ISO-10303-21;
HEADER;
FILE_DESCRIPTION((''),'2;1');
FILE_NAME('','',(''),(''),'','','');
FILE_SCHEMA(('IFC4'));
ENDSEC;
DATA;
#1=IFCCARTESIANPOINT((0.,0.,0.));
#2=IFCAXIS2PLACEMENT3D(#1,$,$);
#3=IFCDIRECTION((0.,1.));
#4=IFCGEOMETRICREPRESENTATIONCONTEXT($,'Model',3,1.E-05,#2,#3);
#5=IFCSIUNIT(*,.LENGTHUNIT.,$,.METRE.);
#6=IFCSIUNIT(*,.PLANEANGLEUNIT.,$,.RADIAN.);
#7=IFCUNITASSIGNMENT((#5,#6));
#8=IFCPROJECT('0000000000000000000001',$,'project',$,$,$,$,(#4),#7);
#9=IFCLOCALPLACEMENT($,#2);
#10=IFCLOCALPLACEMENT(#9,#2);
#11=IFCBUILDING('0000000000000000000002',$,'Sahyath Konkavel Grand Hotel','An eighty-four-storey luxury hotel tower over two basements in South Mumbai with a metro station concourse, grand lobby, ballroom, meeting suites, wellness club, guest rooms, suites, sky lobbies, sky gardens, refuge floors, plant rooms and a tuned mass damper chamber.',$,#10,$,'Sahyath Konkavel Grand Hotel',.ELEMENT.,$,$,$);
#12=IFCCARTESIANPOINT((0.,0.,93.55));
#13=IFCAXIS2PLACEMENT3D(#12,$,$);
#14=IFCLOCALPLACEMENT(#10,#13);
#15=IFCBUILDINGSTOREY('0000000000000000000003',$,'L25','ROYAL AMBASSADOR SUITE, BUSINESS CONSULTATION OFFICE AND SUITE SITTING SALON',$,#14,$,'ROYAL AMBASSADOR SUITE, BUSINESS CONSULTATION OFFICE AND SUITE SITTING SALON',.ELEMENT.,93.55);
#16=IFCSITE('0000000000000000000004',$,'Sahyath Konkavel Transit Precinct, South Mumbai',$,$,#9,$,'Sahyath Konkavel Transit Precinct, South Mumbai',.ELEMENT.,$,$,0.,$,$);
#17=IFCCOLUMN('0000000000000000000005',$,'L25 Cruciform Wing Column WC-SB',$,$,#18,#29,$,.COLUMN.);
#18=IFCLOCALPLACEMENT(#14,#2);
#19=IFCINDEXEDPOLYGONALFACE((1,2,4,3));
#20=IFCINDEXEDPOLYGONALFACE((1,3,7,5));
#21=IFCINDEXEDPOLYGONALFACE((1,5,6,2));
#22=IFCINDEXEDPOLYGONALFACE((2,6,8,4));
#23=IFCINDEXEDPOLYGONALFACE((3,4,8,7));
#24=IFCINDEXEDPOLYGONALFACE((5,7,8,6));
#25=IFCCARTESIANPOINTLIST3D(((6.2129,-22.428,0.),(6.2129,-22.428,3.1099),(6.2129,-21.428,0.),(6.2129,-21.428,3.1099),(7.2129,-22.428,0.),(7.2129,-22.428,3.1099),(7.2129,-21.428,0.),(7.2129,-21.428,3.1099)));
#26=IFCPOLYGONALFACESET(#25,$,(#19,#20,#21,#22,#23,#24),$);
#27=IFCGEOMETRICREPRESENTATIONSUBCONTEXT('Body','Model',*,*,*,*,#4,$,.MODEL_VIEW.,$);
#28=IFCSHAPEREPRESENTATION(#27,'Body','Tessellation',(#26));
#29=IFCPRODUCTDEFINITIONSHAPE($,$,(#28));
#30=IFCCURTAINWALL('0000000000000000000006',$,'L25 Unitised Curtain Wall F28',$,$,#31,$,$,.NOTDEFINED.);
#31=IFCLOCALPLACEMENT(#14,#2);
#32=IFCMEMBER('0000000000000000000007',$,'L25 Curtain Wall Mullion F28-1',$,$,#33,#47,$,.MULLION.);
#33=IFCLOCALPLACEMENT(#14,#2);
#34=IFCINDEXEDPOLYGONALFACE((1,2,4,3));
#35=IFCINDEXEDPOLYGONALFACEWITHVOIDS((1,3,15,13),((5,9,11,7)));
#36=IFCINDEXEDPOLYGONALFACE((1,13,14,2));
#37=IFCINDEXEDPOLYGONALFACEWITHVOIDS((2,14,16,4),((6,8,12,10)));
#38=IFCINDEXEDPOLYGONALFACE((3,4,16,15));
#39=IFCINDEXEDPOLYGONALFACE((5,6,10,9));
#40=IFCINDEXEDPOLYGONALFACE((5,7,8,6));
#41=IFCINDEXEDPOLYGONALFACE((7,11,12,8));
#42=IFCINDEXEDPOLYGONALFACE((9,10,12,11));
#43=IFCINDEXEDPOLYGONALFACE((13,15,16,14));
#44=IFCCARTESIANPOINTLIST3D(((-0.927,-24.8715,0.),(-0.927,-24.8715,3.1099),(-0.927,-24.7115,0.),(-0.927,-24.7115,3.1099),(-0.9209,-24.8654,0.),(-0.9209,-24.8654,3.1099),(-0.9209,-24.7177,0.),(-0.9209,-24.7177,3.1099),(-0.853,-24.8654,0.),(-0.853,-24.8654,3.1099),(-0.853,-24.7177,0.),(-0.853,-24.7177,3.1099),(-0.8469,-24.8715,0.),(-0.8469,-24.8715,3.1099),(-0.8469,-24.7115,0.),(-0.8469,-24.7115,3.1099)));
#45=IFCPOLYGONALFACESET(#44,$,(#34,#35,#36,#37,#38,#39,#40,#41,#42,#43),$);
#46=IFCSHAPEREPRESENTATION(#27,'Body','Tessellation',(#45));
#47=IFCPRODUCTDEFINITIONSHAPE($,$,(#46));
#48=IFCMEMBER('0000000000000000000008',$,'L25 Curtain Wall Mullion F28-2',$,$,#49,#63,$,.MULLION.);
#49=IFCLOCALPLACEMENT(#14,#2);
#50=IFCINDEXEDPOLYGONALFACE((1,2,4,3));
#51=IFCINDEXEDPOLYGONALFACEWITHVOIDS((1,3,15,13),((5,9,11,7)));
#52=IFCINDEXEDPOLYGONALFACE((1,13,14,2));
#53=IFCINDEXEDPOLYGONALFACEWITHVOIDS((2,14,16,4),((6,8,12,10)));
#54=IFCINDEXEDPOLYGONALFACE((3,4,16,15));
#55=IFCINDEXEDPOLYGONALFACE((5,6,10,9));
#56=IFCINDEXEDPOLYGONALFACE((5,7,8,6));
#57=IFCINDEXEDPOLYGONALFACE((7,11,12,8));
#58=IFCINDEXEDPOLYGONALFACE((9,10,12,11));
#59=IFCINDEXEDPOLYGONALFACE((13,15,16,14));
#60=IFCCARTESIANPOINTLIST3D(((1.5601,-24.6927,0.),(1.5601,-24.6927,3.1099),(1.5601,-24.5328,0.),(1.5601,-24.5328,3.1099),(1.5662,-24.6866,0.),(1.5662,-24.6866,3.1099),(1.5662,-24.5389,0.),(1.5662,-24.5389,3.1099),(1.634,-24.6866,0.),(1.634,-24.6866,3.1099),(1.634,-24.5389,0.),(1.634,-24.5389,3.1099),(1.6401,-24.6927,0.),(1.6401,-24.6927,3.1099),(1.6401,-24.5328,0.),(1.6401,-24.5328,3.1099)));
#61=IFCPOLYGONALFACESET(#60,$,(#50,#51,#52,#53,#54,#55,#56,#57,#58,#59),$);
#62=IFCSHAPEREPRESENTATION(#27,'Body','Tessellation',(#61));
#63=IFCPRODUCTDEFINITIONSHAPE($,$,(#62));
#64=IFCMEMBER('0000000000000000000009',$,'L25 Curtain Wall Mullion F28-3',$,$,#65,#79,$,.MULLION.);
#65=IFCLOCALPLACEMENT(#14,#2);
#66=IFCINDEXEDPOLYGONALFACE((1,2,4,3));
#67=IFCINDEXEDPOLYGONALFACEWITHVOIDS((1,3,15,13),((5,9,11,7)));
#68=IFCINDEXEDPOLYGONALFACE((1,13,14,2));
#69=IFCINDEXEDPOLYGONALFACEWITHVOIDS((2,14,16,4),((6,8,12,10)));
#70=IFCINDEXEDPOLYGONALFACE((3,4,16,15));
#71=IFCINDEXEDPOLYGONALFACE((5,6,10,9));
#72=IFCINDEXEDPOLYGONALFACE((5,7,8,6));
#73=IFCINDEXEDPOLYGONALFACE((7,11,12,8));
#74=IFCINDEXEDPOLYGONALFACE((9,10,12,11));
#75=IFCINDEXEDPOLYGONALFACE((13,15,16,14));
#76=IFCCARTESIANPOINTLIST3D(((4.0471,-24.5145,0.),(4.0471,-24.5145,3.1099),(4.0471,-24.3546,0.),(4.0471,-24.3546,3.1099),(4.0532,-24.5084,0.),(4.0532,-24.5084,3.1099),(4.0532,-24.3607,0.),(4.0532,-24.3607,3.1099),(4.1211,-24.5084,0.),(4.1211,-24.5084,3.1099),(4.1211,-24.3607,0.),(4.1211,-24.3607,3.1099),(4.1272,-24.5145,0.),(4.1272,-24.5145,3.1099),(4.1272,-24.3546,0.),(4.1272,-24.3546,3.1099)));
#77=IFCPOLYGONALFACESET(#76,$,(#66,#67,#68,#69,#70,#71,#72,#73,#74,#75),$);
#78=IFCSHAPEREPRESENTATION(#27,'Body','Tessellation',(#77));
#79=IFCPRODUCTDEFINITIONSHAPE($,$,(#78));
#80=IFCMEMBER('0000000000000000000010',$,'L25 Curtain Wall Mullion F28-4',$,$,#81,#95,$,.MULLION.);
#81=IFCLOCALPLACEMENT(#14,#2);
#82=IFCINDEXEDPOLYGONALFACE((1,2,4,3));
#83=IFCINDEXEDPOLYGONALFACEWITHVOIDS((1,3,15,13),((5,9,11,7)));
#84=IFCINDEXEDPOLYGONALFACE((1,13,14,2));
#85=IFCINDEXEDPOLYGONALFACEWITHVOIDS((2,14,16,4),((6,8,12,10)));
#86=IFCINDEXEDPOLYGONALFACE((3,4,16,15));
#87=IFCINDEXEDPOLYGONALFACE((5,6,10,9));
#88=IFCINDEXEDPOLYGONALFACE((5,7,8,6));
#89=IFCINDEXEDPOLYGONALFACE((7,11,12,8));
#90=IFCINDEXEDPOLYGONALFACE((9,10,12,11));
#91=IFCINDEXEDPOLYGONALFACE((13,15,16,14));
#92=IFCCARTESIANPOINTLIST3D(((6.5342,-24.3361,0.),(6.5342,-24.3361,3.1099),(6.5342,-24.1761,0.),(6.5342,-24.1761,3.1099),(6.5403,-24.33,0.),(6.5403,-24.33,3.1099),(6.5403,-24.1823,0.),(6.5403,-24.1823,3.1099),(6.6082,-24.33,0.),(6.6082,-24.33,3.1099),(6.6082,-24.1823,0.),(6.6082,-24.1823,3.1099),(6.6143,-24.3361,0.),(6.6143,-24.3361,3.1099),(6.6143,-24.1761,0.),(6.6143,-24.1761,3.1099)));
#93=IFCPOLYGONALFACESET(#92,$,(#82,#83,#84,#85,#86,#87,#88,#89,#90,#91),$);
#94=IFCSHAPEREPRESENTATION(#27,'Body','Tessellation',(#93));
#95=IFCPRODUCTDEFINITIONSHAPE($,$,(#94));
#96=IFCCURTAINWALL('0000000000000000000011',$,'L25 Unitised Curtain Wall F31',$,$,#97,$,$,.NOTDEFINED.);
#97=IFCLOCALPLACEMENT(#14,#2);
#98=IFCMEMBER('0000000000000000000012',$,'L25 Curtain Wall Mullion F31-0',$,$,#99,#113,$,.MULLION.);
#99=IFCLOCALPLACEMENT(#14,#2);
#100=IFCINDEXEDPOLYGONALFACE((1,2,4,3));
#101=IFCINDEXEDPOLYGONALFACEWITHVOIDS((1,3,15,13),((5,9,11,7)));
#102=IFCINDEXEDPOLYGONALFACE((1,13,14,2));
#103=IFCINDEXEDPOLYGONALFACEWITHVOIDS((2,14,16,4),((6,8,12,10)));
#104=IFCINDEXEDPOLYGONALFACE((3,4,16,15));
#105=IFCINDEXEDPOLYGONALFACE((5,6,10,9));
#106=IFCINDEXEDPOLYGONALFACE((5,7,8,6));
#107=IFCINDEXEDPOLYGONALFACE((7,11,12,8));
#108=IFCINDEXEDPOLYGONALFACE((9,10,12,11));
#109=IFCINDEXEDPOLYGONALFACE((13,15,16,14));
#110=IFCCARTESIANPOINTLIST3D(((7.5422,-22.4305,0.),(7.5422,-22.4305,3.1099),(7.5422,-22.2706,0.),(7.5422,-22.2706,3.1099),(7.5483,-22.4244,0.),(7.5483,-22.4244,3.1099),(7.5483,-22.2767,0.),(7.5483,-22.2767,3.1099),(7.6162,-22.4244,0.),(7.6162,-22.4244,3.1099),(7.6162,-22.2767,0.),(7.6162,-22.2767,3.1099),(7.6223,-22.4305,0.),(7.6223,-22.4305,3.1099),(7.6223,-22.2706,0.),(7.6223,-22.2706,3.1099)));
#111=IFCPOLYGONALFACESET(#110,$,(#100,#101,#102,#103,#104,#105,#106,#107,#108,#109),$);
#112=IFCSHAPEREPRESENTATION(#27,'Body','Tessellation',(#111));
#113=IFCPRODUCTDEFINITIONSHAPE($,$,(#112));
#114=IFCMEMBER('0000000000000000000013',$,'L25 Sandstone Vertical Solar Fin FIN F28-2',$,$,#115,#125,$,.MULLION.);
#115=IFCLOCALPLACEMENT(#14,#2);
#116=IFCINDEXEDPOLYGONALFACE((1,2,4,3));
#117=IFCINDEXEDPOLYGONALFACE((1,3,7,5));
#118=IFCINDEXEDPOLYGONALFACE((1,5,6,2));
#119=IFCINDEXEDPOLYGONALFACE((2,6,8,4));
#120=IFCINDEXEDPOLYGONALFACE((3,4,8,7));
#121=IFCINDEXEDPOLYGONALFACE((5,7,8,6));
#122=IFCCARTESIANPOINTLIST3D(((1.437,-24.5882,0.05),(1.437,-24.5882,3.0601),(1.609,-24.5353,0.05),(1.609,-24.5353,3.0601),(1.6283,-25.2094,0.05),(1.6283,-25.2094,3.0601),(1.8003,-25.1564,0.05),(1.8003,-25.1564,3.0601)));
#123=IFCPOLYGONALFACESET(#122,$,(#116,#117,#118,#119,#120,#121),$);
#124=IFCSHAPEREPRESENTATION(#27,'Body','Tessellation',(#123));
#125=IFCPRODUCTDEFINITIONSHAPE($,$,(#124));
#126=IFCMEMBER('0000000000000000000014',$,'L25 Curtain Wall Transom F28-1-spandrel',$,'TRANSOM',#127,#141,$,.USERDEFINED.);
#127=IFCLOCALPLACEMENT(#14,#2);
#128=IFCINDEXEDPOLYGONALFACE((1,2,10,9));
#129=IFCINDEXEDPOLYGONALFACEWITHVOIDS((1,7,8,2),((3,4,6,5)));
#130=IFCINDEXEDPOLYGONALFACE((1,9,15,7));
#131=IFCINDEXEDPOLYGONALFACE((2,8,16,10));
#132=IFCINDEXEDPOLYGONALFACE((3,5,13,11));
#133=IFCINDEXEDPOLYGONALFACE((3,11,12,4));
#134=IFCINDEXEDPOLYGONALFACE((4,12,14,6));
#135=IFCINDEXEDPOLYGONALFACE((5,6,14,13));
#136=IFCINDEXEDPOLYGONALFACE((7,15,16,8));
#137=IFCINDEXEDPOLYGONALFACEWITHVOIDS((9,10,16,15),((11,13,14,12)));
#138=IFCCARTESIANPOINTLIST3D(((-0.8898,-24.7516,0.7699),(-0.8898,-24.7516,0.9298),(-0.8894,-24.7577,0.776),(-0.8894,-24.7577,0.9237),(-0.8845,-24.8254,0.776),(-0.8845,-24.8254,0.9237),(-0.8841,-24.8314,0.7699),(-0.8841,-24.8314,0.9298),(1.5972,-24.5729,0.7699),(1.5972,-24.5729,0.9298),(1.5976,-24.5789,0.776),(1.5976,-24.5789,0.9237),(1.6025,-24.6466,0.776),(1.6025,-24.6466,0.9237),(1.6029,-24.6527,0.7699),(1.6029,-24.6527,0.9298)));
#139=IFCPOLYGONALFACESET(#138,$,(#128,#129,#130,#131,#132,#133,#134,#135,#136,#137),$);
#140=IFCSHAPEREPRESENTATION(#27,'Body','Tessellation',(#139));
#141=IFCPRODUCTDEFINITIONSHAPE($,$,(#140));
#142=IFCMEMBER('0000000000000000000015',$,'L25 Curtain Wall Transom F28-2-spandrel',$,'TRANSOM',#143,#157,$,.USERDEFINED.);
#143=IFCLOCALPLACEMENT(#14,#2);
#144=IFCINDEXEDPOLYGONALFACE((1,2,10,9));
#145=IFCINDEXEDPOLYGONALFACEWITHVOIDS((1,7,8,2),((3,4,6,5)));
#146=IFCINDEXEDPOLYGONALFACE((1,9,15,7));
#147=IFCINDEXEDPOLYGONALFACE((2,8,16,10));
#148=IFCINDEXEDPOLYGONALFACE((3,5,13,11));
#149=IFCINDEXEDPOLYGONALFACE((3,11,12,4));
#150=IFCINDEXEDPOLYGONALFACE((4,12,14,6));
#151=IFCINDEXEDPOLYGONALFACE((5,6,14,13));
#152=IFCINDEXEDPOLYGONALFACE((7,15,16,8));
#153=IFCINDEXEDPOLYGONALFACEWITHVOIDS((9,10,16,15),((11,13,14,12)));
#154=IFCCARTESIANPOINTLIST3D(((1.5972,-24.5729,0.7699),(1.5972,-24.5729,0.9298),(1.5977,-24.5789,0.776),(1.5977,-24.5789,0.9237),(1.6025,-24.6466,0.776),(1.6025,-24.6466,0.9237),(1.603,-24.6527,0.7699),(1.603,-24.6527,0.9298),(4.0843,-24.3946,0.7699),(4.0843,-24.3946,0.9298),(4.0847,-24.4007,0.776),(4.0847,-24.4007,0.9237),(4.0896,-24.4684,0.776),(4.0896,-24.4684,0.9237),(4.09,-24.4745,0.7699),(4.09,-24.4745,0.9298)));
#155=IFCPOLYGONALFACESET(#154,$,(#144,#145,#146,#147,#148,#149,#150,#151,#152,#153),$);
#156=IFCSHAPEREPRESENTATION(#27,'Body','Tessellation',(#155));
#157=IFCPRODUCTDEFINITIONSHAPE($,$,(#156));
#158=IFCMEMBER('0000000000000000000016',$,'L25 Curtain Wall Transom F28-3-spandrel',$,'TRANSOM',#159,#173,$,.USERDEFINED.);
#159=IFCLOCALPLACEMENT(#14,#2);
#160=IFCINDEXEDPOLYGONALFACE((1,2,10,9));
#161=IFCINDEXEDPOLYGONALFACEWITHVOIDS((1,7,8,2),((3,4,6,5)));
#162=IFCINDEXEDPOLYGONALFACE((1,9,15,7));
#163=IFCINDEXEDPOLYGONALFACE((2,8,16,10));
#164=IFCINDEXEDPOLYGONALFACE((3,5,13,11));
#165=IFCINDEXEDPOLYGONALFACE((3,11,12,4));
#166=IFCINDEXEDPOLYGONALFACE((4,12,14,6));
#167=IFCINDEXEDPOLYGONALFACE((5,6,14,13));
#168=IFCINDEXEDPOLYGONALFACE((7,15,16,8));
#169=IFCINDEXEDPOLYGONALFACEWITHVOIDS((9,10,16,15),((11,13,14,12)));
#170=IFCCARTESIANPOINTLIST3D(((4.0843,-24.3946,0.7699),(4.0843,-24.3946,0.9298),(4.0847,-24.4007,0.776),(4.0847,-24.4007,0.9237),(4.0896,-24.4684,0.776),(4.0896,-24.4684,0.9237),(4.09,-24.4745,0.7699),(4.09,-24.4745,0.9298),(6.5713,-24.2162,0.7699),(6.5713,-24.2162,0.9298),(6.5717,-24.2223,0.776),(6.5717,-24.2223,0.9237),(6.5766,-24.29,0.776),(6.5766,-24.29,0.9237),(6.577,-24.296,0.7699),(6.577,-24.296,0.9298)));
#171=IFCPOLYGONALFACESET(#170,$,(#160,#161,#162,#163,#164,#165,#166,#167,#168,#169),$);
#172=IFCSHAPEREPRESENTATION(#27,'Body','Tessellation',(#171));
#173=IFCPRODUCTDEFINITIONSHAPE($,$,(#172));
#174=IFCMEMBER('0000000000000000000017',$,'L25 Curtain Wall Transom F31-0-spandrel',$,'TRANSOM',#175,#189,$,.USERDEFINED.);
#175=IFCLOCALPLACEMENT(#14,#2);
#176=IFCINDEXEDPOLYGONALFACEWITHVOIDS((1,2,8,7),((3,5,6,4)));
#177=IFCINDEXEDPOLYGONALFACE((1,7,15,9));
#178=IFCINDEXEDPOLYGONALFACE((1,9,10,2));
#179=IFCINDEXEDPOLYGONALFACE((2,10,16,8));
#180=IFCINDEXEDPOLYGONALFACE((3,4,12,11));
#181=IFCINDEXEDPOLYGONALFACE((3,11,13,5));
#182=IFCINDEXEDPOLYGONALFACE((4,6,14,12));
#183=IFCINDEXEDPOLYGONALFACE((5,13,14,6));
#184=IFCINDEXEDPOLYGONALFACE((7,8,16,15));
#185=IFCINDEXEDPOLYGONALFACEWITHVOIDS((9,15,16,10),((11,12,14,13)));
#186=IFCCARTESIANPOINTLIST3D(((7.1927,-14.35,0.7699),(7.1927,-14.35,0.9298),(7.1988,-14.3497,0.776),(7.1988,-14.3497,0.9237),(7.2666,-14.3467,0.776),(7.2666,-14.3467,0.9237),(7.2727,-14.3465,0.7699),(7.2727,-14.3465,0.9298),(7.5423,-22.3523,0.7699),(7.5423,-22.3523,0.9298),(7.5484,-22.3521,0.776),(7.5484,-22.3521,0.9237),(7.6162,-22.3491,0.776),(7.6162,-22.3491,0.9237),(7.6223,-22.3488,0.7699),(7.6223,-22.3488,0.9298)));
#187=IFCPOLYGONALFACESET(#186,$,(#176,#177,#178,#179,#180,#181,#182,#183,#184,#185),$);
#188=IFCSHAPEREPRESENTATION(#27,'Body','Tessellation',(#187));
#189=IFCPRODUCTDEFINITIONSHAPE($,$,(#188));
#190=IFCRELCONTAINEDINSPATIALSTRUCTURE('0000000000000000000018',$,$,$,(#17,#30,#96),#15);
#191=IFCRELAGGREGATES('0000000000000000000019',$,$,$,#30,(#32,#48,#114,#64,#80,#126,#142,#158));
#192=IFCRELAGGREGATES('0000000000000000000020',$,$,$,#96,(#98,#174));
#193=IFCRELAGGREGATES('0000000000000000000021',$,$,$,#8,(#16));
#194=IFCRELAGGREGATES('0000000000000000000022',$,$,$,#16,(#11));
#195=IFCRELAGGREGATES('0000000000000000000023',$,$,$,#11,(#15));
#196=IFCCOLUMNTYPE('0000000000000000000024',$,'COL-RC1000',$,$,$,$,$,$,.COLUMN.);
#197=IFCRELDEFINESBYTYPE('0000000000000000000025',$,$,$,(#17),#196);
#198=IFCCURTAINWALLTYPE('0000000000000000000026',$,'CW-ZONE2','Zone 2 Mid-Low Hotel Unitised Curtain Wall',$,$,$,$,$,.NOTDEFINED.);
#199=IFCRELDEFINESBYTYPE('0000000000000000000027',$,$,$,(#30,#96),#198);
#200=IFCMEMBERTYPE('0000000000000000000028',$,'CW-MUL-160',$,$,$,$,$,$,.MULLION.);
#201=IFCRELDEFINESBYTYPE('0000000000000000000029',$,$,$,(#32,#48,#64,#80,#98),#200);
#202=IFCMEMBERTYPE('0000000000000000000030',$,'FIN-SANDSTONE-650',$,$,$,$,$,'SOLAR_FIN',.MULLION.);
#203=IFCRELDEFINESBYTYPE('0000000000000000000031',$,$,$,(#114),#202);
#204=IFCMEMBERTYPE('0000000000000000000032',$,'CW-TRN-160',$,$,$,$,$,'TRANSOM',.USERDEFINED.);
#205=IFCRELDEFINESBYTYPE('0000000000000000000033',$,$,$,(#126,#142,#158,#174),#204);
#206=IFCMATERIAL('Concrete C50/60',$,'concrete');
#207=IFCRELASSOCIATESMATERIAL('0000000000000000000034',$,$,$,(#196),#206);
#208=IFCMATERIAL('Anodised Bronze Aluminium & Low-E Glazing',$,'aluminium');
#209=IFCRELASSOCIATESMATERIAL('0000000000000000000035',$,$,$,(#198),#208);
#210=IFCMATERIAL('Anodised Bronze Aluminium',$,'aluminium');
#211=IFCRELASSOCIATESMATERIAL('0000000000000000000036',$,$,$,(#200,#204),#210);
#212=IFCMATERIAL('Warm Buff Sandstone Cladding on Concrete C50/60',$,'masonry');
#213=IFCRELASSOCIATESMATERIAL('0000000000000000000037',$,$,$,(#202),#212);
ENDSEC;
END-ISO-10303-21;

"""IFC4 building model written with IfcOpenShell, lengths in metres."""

from ifc_helpers import new_model, si_unit, direction, frame, origin, origin_2d, place, context, subcontext, project, spatial, rectangle, hollow_rectangle, extrude, source, transform, mapped, material, material_profile, profile_set, type_object, element, aggregate, save


model = new_model("IFC4")

# Units and contexts
model_context = context("Model", 3, precision=1e-05, world=origin(), true_north=direction((0.0, 1.0)))
body_context = subcontext(model_context, "Body", "Model", "MODEL_VIEW")
ifc_project = project(units=[si_unit("LENGTHUNIT", "METRE"), si_unit("PLANEANGLEUNIT", "RADIAN")], contexts=[model_context])

# Site, building, storey
site_placement = place(None, origin())
site = spatial("IfcSite", under=ifc_project, at=site_placement, Name="Sahyath Konkavel Transit Precinct, South Mumbai", LongName="Sahyath Konkavel Transit Precinct, South Mumbai", CompositionType="ELEMENT", RefElevation=0.0)
building_placement = place(site_placement, origin())
building = spatial("IfcBuilding", under=site, at=building_placement, Name="Sahyath Konkavel Grand Hotel", Description="An eighty-four-storey luxury hotel tower over two basements in South Mumbai with a metro station concourse, grand lobby, ballroom, meeting suites, wellness club, guest rooms, suites, sky lobbies, sky gardens, refuge floors, plant rooms and a tuned mass damper chamber.", LongName="Sahyath Konkavel Grand Hotel", CompositionType="ELEMENT")
storey_placement = place(building_placement, frame((0.0, 0.0, 93.55)))
storey = spatial("IfcBuildingStorey", under=building, at=storey_placement, Name="L25", Description="ROYAL AMBASSADOR SUITE, BUSINESS CONSULTATION OFFICE AND SUITE SITTING SALON", LongName="ROYAL AMBASSADOR SUITE, BUSINESS CONSULTATION OFFICE AND SUITE SITTING SALON", CompositionType="ELEMENT", Elevation=93.55)

# Column
ifc_material_1 = material(Name="Concrete C50/60", Category="concrete")
ifc_material_profile_1 = material_profile(ifc_material_1, rectangle(XDim=1.0, YDim=1.0, at=origin_2d()), Name="RC 1000x1000")
ifc_profile_set_1 = profile_set([ifc_material_profile_1], Name="Concrete C50/60")
column_type = type_object("IfcColumnType", Name="COL-RC1000", PredefinedType="COLUMN", material=ifc_profile_set_1)
shared_shape_1 = source(origin(), body_context, "Body", "SweptSolid", [
    extrude(rectangle(XDim=1.0, YDim=1.0, at=origin_2d()), origin(), (0.0, 0.0, 1.0), 3.1099),
])
column_placement = place(storey_placement, frame((6.7129, -21.928, 0.0), z_axis=(0.0, 0.0, 1.0), x_axis=(1.0, 0.0, 0.0)))
element("IfcColumn", 1, at=column_placement, inside=storey, type_object=column_type, Name="L25 Cruciform Wing Column WC-SB", PredefinedType="COLUMN", context=body_context, shape_type="MappedRepresentation", body=[
    mapped(shared_shape_1, transform((0.0, 0.0, 0.0), scale=1.0)),
])

# Curtain wall, members
ifc_material_2 = material(Name="Anodised Bronze Aluminium & Low-E Glazing", Category="aluminium")
curtain_wall_type = type_object("IfcCurtainWallType", Name="CW-ZONE2", Description="Zone 2 Mid-Low Hotel Unitised Curtain Wall", PredefinedType="NOTDEFINED", material=ifc_material_2)
curtain_wall_1_placement = place(storey_placement, origin())
curtain_wall_1 = element("IfcCurtainWall", 2, at=curtain_wall_1_placement, inside=storey, type_object=curtain_wall_type, Name="L25 Unitised Curtain Wall F28", PredefinedType="NOTDEFINED")
ifc_material_3 = material(Name="Anodised Bronze Aluminium", Category="aluminium")
ifc_material_profile_2 = material_profile(ifc_material_3, hollow_rectangle(XDim=0.0801, YDim=0.1599, WallThickness=0.0061, at=origin_2d()), Name="RHS 160x80x6")
ifc_profile_set_2 = profile_set([ifc_material_profile_2], Name="Anodised Bronze Aluminium")
member_type_1 = type_object("IfcMemberType", Name="CW-MUL-160", PredefinedType="MULLION", material=ifc_profile_set_2)
shared_shape_2 = source(origin(), body_context, "Body", "SweptSolid", [
    extrude(hollow_rectangle(XDim=0.0801, YDim=0.1599, WallThickness=0.0061, at=origin_2d()), origin(), (0.0, 0.0, 1.0), 3.1099),
])
member_1_placement = place(storey_placement, frame((-0.887, -24.7915, 0.0), z_axis=(0.0, 0.0, 1.0), x_axis=(1.0, 0.0, 0.0)))
member_1 = element("IfcMember", 3, at=member_1_placement, type_object=member_type_1, Name="L25 Curtain Wall Mullion F28-1", PredefinedType="MULLION", context=body_context, shape_type="MappedRepresentation", body=[
    mapped(shared_shape_2, transform((0.0, 0.0, 0.0), scale=1.0)),
])
member_2_placement = place(storey_placement, frame((1.6001, -24.6128, 0.0), z_axis=(0.0, 0.0, 1.0), x_axis=(1.0, 0.0, 0.0)))
member_2 = element("IfcMember", 4, at=member_2_placement, type_object=member_type_1, Name="L25 Curtain Wall Mullion F28-2", PredefinedType="MULLION", context=body_context, shape_type="MappedRepresentation", body=[
    mapped(shared_shape_2, transform((0.0, 0.0, 0.0), scale=1.0)),
])
member_3_placement = place(storey_placement, frame((4.0872, -24.4346, 0.0), z_axis=(0.0, 0.0, 1.0), x_axis=(1.0, 0.0, 0.0)))
member_3 = element("IfcMember", 5, at=member_3_placement, type_object=member_type_1, Name="L25 Curtain Wall Mullion F28-3", PredefinedType="MULLION", context=body_context, shape_type="MappedRepresentation", body=[
    mapped(shared_shape_2, transform((0.0, 0.0, 0.0), scale=1.0)),
])
member_4_placement = place(storey_placement, frame((6.5742, -24.2561, 0.0), z_axis=(0.0, 0.0, 1.0), x_axis=(1.0, 0.0, 0.0)))
member_4 = element("IfcMember", 6, at=member_4_placement, type_object=member_type_1, Name="L25 Curtain Wall Mullion F28-4", PredefinedType="MULLION", context=body_context, shape_type="MappedRepresentation", body=[
    mapped(shared_shape_2, transform((0.0, 0.0, 0.0), scale=1.0)),
])

# Curtain wall, member
curtain_wall_2_placement = place(storey_placement, origin())
curtain_wall_2 = element("IfcCurtainWall", 7, at=curtain_wall_2_placement, inside=storey, type_object=curtain_wall_type, Name="L25 Unitised Curtain Wall F31", PredefinedType="NOTDEFINED")
member_5_placement = place(storey_placement, frame((7.5823, -22.3506, 0.0), z_axis=(0.0, 0.0, 1.0), x_axis=(1.0, 0.0, 0.0)))
member_5 = element("IfcMember", 8, at=member_5_placement, type_object=member_type_1, Name="L25 Curtain Wall Mullion F31-0", PredefinedType="MULLION", context=body_context, shape_type="MappedRepresentation", body=[
    mapped(shared_shape_2, transform((0.0, 0.0, 0.0), scale=1.0)),
])

# Members
ifc_material_4 = material(Name="Warm Buff Sandstone Cladding on Concrete C50/60", Category="masonry")
ifc_material_profile_3 = material_profile(ifc_material_4, rectangle(XDim=0.1799, YDim=0.6499, at=origin_2d()), Name="FIN 180x650")
ifc_profile_set_3 = profile_set([ifc_material_profile_3], Name="Warm Buff Sandstone Cladding on Concrete C50/60")
member_type_2 = type_object("IfcMemberType", Name="FIN-SANDSTONE-650", ElementType="SOLAR_FIN", PredefinedType="MULLION", material=ifc_profile_set_3)
shared_shape_3 = source(origin(), body_context, "Body", "SweptSolid", [
    extrude(rectangle(XDim=0.1799, YDim=0.6499, at=origin_2d()), origin(), (0.0, 0.0, 1.0), 3.01),
])
member_6_placement = place(storey_placement, frame((1.6187, -24.8723, 0.05), z_axis=(0.0, 0.0, 1.0), x_axis=(0.95569, 0.294374, 0.0)))
member_6 = element("IfcMember", 9, at=member_6_placement, type_object=member_type_2, Name="L25 Sandstone Vertical Solar Fin FIN F28-2", PredefinedType="MULLION", context=body_context, shape_type="MappedRepresentation", body=[
    mapped(shared_shape_3, transform((0.0, 0.0, 0.0), scale=1.0)),
])
ifc_material_profile_4 = material_profile(ifc_material_3, hollow_rectangle(XDim=0.0801, YDim=0.1599, WallThickness=0.0061, at=origin_2d()), Name="RHS 160x80x6")
ifc_profile_set_4 = profile_set([ifc_material_profile_4], Name="Anodised Bronze Aluminium")
member_type_3 = type_object("IfcMemberType", Name="CW-TRN-160", ElementType="TRANSOM", PredefinedType="USERDEFINED", material=ifc_profile_set_4)
shared_shape_4 = source(origin(), body_context, "Body", "SweptSolid", [
    extrude(hollow_rectangle(XDim=0.0801, YDim=0.1599, WallThickness=0.0061, at=origin_2d()), origin(), (0.0, 0.0, 1.0), 2.4934),
])
member_7_placement = place(storey_placement, frame((-0.887, -24.7915, 0.8499), z_axis=(0.997428, 0.071671, 0.0), x_axis=(-0.071671, 0.997428, 0.0)))
member_7 = element("IfcMember", 10, at=member_7_placement, type_object=member_type_3, Name="L25 Curtain Wall Transom F28-1-spandrel", ObjectType="TRANSOM", PredefinedType="USERDEFINED", context=body_context, shape_type="MappedRepresentation", body=[
    mapped(shared_shape_4, transform((0.0, 0.0, 0.0), scale=1.0)),
])
member_8_placement = place(storey_placement, frame((1.6001, -24.6128, 0.8499), z_axis=(0.997442, 0.071477, 0.0), x_axis=(-0.071477, 0.997442, 0.0)))
member_8 = element("IfcMember", 11, at=member_8_placement, type_object=member_type_3, Name="L25 Curtain Wall Transom F28-2-spandrel", ObjectType="TRANSOM", PredefinedType="USERDEFINED", context=body_context, shape_type="MappedRepresentation", body=[
    mapped(shared_shape_4, transform((0.0, 0.0, 0.0), scale=1.0)),
])
member_9_placement = place(storey_placement, frame((4.0872, -24.4346, 0.8499), z_axis=(0.997435, 0.071574, 0.0), x_axis=(-0.071574, 0.997435, 0.0)))
member_9 = element("IfcMember", 12, at=member_9_placement, type_object=member_type_3, Name="L25 Curtain Wall Transom F28-3-spandrel", ObjectType="TRANSOM", PredefinedType="USERDEFINED", context=body_context, shape_type="MappedRepresentation", body=[
    mapped(shared_shape_4, transform((0.0, 0.0, 0.0), scale=1.0)),
])
shared_shape_5 = source(origin(), body_context, "Body", "SweptSolid", [
    extrude(hollow_rectangle(XDim=0.0801, YDim=0.1599, WallThickness=0.0061, at=origin_2d()), origin(), (0.0, 0.0, 1.0), 8.01),
])
member_10_placement = place(storey_placement, frame((7.5823, -22.3506, 0.8499), z_axis=(-0.043646, 0.999047, 0.0), x_axis=(-0.999047, -0.043646, 0.0)))
member_10 = element("IfcMember", 13, at=member_10_placement, type_object=member_type_3, Name="L25 Curtain Wall Transom F31-0-spandrel", ObjectType="TRANSOM", PredefinedType="USERDEFINED", context=body_context, shape_type="MappedRepresentation", body=[
    mapped(shared_shape_5, transform((0.0, 0.0, 0.0), scale=1.0)),
])

aggregate(curtain_wall_1, [member_1, member_2, member_6, member_3, member_4, member_7, member_8, member_9])
aggregate(curtain_wall_2, [member_5, member_10])

save(model, "model.ifc")
